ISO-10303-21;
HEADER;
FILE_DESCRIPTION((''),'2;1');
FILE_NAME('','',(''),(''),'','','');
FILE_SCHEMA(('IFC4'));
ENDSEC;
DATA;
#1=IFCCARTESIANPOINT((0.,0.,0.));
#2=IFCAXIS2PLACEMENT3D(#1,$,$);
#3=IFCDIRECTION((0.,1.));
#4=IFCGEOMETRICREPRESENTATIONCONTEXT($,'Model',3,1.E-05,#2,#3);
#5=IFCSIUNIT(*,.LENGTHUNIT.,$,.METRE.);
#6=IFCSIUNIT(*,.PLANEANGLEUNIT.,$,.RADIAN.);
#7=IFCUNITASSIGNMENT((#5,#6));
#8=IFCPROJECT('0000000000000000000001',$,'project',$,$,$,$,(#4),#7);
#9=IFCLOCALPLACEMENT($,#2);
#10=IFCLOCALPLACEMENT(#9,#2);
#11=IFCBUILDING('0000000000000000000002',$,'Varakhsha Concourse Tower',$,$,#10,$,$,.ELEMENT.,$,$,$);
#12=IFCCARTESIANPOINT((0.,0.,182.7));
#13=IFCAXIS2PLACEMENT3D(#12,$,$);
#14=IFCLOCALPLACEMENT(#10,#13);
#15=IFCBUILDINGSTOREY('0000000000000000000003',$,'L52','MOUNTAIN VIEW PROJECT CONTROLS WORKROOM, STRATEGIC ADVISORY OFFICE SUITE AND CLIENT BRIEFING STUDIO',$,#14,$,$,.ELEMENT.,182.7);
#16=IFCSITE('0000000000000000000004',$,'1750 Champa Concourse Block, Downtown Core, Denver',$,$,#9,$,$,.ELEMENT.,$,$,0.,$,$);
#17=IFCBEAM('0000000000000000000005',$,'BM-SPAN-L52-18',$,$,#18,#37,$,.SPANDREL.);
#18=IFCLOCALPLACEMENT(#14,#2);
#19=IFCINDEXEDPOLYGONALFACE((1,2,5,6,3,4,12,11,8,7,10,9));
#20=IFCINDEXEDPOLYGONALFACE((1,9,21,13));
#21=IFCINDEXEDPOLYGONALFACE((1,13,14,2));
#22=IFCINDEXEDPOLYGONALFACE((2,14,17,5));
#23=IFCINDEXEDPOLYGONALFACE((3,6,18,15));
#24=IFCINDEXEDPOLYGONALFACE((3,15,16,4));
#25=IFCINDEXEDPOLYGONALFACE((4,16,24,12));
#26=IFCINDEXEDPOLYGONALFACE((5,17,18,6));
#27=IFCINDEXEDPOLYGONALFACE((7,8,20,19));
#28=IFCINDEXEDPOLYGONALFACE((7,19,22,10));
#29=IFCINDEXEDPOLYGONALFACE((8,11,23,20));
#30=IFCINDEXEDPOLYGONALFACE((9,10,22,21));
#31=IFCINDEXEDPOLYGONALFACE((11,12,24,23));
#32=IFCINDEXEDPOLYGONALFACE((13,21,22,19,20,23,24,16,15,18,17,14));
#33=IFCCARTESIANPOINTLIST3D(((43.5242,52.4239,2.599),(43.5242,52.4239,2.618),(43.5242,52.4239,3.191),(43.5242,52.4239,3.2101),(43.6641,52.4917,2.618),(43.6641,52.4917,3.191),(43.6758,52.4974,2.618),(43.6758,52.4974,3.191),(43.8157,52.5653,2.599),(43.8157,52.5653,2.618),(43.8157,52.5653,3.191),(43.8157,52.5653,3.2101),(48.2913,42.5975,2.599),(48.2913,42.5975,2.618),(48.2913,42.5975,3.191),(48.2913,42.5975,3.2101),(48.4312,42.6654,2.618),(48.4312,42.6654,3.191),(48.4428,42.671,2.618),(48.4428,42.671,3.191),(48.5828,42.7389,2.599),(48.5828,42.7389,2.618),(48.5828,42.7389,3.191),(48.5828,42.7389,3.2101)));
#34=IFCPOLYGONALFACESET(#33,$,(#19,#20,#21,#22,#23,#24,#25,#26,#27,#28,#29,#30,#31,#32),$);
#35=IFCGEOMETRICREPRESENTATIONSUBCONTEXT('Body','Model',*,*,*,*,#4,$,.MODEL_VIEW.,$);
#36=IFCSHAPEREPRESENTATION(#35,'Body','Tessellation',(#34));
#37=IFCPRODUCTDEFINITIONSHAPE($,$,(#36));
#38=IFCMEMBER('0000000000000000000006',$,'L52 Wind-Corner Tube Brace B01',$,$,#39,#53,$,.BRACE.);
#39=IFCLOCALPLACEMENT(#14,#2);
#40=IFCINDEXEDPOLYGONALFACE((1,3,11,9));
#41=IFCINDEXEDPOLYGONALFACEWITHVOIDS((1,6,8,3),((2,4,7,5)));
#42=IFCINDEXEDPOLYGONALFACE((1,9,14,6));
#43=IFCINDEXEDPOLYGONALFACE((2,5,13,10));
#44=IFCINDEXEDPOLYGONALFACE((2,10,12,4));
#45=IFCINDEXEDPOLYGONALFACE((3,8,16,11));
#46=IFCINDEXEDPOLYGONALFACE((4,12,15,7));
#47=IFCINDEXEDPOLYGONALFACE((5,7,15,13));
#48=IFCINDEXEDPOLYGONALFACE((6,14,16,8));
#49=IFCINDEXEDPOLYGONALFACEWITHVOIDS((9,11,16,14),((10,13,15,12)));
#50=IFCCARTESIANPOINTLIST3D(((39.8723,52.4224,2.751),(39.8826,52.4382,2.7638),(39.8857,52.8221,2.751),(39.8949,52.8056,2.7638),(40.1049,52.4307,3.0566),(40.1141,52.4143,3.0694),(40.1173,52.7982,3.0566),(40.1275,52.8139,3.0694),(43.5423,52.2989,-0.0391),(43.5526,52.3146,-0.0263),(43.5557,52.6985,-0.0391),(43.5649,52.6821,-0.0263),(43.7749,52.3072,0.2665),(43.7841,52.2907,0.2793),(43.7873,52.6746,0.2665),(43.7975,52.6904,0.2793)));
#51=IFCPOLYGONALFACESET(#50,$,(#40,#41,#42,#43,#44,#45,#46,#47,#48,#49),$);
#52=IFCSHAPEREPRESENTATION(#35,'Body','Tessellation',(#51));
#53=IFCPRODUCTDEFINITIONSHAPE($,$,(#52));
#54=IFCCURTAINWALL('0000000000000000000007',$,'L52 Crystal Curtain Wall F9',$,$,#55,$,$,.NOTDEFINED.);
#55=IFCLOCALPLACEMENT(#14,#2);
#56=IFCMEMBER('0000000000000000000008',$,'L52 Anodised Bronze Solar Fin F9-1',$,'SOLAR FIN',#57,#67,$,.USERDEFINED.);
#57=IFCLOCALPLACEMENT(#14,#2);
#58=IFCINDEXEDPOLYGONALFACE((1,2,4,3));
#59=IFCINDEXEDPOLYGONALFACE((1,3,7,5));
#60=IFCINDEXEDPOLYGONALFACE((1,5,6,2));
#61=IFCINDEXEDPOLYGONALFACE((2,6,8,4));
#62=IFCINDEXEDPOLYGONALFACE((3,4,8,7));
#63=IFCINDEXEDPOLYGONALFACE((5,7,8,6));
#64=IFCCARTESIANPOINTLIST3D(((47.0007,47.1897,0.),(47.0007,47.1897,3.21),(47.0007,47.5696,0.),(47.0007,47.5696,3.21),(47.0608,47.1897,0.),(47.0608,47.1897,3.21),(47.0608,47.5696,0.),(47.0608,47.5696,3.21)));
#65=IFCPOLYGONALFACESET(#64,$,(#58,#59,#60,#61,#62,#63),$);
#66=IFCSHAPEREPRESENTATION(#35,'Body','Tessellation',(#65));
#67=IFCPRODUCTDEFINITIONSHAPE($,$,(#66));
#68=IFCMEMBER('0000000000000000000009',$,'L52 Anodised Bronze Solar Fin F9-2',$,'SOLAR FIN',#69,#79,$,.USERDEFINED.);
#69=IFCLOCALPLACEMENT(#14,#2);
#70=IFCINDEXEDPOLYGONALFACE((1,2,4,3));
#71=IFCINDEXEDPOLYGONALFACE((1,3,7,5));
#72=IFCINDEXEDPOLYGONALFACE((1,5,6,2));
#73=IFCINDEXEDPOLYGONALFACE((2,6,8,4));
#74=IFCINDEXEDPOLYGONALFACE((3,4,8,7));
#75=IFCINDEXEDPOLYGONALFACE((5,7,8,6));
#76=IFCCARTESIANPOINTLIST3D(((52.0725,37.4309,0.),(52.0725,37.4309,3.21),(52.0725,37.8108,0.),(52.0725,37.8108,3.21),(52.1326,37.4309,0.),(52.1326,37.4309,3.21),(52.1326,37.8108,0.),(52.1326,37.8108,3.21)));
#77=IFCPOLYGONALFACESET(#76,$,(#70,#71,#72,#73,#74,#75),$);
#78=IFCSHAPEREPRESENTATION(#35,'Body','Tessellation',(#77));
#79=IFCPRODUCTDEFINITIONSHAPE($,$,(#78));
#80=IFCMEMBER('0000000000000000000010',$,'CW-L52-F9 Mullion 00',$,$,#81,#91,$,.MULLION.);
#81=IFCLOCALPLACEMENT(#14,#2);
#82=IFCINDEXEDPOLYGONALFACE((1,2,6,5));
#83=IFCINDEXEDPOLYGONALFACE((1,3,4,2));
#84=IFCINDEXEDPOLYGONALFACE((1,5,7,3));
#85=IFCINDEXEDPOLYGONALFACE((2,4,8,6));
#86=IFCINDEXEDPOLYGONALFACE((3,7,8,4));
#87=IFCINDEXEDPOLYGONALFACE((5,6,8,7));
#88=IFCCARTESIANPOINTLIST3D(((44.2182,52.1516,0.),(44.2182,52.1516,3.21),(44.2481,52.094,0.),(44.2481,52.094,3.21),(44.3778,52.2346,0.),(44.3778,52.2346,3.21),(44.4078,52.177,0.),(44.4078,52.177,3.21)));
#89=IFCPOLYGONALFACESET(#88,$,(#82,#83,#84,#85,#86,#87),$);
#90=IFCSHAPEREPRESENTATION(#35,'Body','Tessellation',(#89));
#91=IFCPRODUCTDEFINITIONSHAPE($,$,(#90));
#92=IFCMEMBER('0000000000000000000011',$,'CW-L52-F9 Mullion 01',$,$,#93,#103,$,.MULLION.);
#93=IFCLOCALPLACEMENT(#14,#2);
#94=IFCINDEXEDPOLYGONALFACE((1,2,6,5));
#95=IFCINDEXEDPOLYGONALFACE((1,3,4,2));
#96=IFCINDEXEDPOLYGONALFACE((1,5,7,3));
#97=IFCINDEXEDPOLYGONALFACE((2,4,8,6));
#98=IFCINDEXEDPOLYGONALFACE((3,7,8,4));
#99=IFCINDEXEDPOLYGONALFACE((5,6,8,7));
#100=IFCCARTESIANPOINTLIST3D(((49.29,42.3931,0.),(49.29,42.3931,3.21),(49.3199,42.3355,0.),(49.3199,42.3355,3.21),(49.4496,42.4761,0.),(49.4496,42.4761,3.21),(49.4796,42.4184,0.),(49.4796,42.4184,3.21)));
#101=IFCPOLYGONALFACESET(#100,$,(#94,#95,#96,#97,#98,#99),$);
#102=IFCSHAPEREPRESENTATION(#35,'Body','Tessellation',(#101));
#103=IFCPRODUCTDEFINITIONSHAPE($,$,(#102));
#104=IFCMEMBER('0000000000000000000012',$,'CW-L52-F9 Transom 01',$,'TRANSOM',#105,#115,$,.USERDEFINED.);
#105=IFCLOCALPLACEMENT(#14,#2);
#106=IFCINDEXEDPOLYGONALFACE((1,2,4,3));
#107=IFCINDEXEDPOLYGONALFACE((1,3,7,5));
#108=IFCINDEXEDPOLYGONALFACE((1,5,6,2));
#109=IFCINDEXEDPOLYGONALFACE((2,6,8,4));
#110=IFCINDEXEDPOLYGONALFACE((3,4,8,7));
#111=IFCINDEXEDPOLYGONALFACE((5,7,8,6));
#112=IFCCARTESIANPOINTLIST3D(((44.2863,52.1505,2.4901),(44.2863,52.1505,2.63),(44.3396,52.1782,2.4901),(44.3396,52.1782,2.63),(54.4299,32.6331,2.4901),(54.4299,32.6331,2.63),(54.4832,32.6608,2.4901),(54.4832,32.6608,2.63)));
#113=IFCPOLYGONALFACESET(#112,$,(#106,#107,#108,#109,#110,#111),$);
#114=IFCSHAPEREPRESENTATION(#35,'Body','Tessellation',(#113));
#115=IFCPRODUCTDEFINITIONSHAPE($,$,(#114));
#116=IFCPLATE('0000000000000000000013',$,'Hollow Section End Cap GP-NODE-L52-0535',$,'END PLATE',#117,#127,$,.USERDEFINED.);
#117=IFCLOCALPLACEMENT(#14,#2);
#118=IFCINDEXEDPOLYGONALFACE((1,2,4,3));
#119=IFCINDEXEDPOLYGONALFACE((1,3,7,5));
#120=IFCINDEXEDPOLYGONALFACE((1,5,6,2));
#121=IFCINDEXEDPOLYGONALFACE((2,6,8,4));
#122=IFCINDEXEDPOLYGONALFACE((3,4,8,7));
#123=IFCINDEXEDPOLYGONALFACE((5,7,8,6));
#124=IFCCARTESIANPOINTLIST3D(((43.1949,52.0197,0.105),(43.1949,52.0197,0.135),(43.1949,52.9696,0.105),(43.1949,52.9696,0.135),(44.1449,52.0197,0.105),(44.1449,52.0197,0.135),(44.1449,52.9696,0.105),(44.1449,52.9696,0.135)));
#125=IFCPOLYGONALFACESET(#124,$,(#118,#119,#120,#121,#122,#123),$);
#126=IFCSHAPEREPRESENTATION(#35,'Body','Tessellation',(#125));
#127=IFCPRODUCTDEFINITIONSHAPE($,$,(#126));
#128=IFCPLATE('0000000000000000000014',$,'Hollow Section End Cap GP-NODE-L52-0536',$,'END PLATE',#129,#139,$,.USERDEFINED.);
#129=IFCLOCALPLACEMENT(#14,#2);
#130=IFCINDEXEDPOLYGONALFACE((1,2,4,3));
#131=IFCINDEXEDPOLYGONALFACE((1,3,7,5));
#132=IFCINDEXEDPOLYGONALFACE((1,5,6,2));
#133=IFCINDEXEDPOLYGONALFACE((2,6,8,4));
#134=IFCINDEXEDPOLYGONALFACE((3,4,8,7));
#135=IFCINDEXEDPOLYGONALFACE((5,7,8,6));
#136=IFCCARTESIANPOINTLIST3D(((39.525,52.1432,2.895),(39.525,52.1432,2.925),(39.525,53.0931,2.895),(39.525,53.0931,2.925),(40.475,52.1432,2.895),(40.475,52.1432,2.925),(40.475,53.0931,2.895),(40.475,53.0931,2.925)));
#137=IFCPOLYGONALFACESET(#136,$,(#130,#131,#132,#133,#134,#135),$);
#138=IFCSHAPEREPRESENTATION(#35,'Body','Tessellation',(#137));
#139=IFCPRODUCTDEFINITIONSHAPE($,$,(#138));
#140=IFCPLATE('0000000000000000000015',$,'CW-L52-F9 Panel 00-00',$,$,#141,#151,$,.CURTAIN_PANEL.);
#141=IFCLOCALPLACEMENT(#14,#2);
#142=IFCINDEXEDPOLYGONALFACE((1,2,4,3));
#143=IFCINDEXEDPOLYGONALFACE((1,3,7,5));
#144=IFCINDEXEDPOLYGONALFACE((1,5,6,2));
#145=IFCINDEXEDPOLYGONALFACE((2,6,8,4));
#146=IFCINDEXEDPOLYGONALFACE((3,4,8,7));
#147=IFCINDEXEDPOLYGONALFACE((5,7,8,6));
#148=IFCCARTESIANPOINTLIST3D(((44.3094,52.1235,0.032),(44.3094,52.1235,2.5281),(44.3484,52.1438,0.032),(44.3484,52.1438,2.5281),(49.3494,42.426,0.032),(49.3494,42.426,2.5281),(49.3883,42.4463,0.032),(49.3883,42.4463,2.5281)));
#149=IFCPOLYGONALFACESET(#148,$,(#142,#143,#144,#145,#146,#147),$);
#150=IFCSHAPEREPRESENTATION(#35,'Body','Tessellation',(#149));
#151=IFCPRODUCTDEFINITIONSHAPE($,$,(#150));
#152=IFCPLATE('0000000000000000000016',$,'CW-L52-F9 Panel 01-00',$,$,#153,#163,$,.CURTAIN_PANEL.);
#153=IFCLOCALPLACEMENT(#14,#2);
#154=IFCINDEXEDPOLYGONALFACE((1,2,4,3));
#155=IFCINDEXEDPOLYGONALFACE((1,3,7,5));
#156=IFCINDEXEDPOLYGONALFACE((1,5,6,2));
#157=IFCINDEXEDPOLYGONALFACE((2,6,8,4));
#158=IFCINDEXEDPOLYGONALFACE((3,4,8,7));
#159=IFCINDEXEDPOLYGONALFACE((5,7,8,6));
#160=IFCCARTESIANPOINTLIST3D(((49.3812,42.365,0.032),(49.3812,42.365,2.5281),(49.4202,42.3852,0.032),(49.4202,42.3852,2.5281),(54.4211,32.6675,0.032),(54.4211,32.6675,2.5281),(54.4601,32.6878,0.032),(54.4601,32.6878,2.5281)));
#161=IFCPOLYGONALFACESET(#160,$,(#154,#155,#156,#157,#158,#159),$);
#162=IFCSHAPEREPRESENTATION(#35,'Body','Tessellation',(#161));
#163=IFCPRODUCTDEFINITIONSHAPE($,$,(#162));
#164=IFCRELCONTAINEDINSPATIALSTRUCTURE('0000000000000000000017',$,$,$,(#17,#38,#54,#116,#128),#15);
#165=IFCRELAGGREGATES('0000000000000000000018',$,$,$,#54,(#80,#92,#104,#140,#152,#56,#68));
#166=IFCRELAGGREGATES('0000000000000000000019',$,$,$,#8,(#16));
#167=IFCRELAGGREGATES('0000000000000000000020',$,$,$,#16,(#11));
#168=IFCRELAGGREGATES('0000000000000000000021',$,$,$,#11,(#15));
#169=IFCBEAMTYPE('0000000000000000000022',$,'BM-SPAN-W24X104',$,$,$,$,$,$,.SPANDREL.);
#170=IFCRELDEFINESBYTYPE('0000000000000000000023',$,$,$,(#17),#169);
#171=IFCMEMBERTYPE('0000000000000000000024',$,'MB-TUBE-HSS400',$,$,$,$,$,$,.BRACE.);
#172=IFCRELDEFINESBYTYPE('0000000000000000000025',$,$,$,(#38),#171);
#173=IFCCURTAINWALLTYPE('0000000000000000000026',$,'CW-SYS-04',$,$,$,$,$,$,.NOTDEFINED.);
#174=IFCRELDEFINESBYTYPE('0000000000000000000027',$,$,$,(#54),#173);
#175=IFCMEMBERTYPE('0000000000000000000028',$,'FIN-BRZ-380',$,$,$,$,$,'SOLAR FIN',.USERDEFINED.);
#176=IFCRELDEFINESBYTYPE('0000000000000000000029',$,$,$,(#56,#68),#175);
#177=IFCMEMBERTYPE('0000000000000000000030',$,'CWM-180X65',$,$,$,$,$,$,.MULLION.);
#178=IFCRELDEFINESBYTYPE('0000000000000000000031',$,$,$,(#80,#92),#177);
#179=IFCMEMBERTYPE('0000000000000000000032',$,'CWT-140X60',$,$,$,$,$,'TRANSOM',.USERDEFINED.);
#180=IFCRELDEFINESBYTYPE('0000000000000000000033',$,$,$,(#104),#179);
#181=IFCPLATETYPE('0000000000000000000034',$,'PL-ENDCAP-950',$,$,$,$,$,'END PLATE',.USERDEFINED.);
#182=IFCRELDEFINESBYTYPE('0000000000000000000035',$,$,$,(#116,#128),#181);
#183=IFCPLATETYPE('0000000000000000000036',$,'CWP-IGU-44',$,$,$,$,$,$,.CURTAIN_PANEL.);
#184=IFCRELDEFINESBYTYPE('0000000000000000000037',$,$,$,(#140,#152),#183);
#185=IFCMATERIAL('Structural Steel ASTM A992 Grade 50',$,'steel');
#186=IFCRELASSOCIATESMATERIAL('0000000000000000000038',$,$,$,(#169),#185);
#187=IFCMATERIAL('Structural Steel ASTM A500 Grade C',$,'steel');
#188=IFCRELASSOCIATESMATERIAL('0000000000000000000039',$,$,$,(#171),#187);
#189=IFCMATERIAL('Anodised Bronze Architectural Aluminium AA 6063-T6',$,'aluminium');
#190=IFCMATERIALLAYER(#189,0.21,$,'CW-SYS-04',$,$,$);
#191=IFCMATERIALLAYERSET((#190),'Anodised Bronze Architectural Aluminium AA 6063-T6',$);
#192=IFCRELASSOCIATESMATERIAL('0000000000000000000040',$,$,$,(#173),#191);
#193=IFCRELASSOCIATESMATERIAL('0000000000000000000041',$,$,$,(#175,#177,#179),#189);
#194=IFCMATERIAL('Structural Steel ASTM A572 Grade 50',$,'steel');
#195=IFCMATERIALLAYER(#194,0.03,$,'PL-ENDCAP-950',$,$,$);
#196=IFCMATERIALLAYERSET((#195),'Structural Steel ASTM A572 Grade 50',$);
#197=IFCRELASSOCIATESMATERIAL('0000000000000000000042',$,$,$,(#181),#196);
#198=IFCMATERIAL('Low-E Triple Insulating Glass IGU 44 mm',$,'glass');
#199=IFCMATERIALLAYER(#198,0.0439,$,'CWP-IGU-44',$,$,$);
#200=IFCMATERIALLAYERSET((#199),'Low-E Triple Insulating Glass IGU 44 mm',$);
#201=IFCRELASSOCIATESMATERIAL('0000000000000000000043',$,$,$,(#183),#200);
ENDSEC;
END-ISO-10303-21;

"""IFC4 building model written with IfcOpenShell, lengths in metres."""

from ifc_helpers import new_model, si_unit, direction, frame, origin, origin_2d, place, context, subcontext, project, spatial, rectangle, hollow_rectangle, i_section, extrude, source, transform, mapped, material, layer, layer_set, material_profile, profile_set, type_object, type_shapes, element, aggregate, save


model = new_model("IFC4")

# Units and contexts
model_context = context("Model", 3, precision=1e-05, world=origin(), true_north=direction((0.0, 1.0)))
body_context = subcontext(model_context, "Body", "Model", "MODEL_VIEW")
ifc_project = project(units=[si_unit("LENGTHUNIT", "METRE"), si_unit("PLANEANGLEUNIT", "RADIAN")], contexts=[model_context])

# Site, building, storey
site_placement = place(None, origin())
site = spatial("IfcSite", under=ifc_project, at=site_placement, Name="1750 Champa Concourse Block, Downtown Core, Denver", CompositionType="ELEMENT", RefElevation=0.0)
building_placement = place(site_placement, origin())
building = spatial("IfcBuilding", under=site, at=building_placement, Name="Varakhsha Concourse Tower", CompositionType="ELEMENT")
storey_placement = place(building_placement, frame((0.0, 0.0, 182.7)))
storey = spatial("IfcBuildingStorey", under=building, at=storey_placement, Name="L52", Description="MOUNTAIN VIEW PROJECT CONTROLS WORKROOM, STRATEGIC ADVISORY OFFICE SUITE AND CLIENT BRIEFING STUDIO", CompositionType="ELEMENT", Elevation=182.7)

# Shared definitions
ifc_material_1 = material(Name="Structural Steel ASTM A992 Grade 50", Category="steel")
ifc_material_2 = material(Name="Structural Steel ASTM A572 Grade 50", Category="steel")

# Beam
ifc_material_profile_1 = material_profile(ifc_material_1, i_section(OverallWidth=0.324, OverallDepth=0.6111, WebThickness=0.0129, FlangeThickness=0.019, at=origin_2d()), Name="W24X104")
ifc_profile_set_1 = profile_set([ifc_material_profile_1], Name="Structural Steel ASTM A992 Grade 50")
beam_type_1 = type_object("IfcBeamType", Name="BM-SPAN-W24X104", PredefinedType="SPANDREL", material=ifc_profile_set_1)
beam_1_placement = place(storey_placement, frame((48.437, 42.6682, 2.9045), z_axis=(-0.436479, 0.899715, 0.0), x_axis=(-0.899715, -0.436479, 0.0)))
element("IfcBeam", 1, at=beam_1_placement, inside=storey, type_object=beam_type_1, Name="BM-SPAN-L52-18", PredefinedType="SPANDREL", context=body_context, shape_type="SweptSolid", body=[
    extrude(i_section(OverallWidth=0.324, OverallDepth=0.6111, WebThickness=0.0129, FlangeThickness=0.019, at=origin_2d()), origin(), (0.0, 0.0, 1.0), 10.9216),
])

# Member
ifc_material_3 = material(Name="Structural Steel ASTM A500 Grade C", Category="steel")
ifc_material_profile_2 = material_profile(ifc_material_3, hollow_rectangle(XDim=0.3999, YDim=0.3999, WallThickness=0.0161, at=origin_2d()), Name="HSS 400x400x16")
ifc_profile_set_2 = profile_set([ifc_material_profile_2], Name="Structural Steel ASTM A500 Grade C")
member_type_1 = type_object("IfcMemberType", Name="MB-TUBE-HSS400", PredefinedType="BRACE", material=ifc_profile_set_2)
shared_shape_1 = source(origin(), body_context, "Body", "SweptSolid", [
    extrude(hollow_rectangle(XDim=0.3999, YDim=0.3999, WallThickness=0.0161, at=origin_2d()), origin(), (0.0, 0.0, 1.0), 4.6118),
])
type_shapes(member_type_1, [shared_shape_1])
member_1_placement = place(storey_placement, frame((43.6699, 52.4946, 0.1201), z_axis=(-0.795783, 0.026787, 0.60499), x_axis=(-0.033642, -0.999434, 0.0)))
element("IfcMember", 2, at=member_1_placement, inside=storey, type_object=member_type_1, Name="L52 Wind-Corner Tube Brace B01", PredefinedType="BRACE", context=body_context, shape_type="MappedRepresentation", body=[
    mapped(shared_shape_1, transform((0.0, 0.0, 0.0), scale=1.0)),
])

# Curtain wall, members
ifc_material_4 = material(Name="Anodised Bronze Architectural Aluminium AA 6063-T6", Category="aluminium")
ifc_layer_1 = layer(ifc_material_4, 0.21, Name="CW-SYS-04")
ifc_layer_set_1 = layer_set([ifc_layer_1], Name="Anodised Bronze Architectural Aluminium AA 6063-T6")
curtain_wall_type = type_object("IfcCurtainWallType", Name="CW-SYS-04", PredefinedType="NOTDEFINED", material=ifc_layer_set_1)
curtain_wall_placement = place(storey_placement, origin())
curtain_wall = element("IfcCurtainWall", 3, at=curtain_wall_placement, inside=storey, type_object=curtain_wall_type, Name="L52 Crystal Curtain Wall F9", PredefinedType="NOTDEFINED")
ifc_material_profile_3 = material_profile(ifc_material_4, rectangle(XDim=0.0601, YDim=0.3799, at=origin_2d()), Name="FIN-BRZ-380")
ifc_profile_set_3 = profile_set([ifc_material_profile_3], Name="Anodised Bronze Architectural Aluminium AA 6063-T6")
member_type_2 = type_object("IfcMemberType", Name="FIN-BRZ-380", ElementType="SOLAR FIN", PredefinedType="USERDEFINED", material=ifc_profile_set_3)
shared_shape_2 = source(origin(), body_context, "Body", "SweptSolid", [
    extrude(rectangle(XDim=0.0601, YDim=0.3799, at=origin_2d()), origin(), (0.0, 0.0, 1.0), 3.21),
])
type_shapes(member_type_2, [shared_shape_2])
member_2_placement = place(storey_placement, frame((47.0308, 47.3796, 0.0), z_axis=(0.0, 0.0, 1.0), x_axis=(1.0, 0.0, 0.0)))
member_2 = element("IfcMember", 4, at=member_2_placement, type_object=member_type_2, Name="L52 Anodised Bronze Solar Fin F9-1", ObjectType="SOLAR FIN", PredefinedType="USERDEFINED", context=body_context, shape_type="MappedRepresentation", body=[
    mapped(shared_shape_2, transform((0.0, 0.0, 0.0), scale=1.0)),
])
member_3_placement = place(storey_placement, frame((52.1025, 37.6208, 0.0), z_axis=(0.0, 0.0, 1.0), x_axis=(1.0, 0.0, 0.0)))
member_3 = element("IfcMember", 5, at=member_3_placement, type_object=member_type_2, Name="L52 Anodised Bronze Solar Fin F9-2", ObjectType="SOLAR FIN", PredefinedType="USERDEFINED", context=body_context, shape_type="MappedRepresentation", body=[
    mapped(shared_shape_2, transform((0.0, 0.0, 0.0), scale=1.0)),
])
ifc_material_profile_4 = material_profile(ifc_material_4, rectangle(XDim=0.0649, YDim=0.1799, at=origin_2d()), Name="CWM-180X65")
ifc_profile_set_4 = profile_set([ifc_material_profile_4], Name="Anodised Bronze Architectural Aluminium AA 6063-T6")
member_type_3 = type_object("IfcMemberType", Name="CWM-180X65", PredefinedType="MULLION", material=ifc_profile_set_4)
shared_shape_3 = source(origin(), body_context, "Body", "SweptSolid", [
    extrude(rectangle(XDim=0.0649, YDim=0.1799, at=origin_2d()), origin(), (0.0, 0.0, 1.0), 3.21),
])
type_shapes(member_type_3, [shared_shape_3])
member_4_placement = place(storey_placement, frame((44.313, 52.1643, 0.0), z_axis=(0.0, 0.0, 1.0), x_axis=(0.461156, -0.887319, 0.0)))
member_4 = element("IfcMember", 6, at=member_4_placement, type_object=member_type_3, Name="CW-L52-F9 Mullion 00", PredefinedType="MULLION", context=body_context, shape_type="MappedRepresentation", body=[
    mapped(shared_shape_3, transform((0.0, 0.0, 0.0), scale=1.0)),
])
member_5_placement = place(storey_placement, frame((49.3848, 42.4058, 0.0), z_axis=(0.0, 0.0, 1.0), x_axis=(0.461156, -0.887319, 0.0)))
member_5 = element("IfcMember", 7, at=member_5_placement, type_object=member_type_3, Name="CW-L52-F9 Mullion 01", PredefinedType="MULLION", context=body_context, shape_type="MappedRepresentation", body=[
    mapped(shared_shape_3, transform((0.0, 0.0, 0.0), scale=1.0)),
])
ifc_material_profile_5 = material_profile(ifc_material_4, rectangle(XDim=0.0601, YDim=0.1399, at=origin_2d()), Name="CWT-140X60")
ifc_profile_set_5 = profile_set([ifc_material_profile_5], Name="Anodised Bronze Architectural Aluminium AA 6063-T6")
member_type_4 = type_object("IfcMemberType", Name="CWT-140X60", ElementType="TRANSOM", PredefinedType="USERDEFINED", material=ifc_profile_set_5)
shared_shape_4 = source(origin(), body_context, "Body", "SweptSolid", [
    extrude(rectangle(XDim=0.0601, YDim=0.1399, at=origin_2d()), origin(), (0.0, 0.0, 1.0), 21.9958),
])
type_shapes(member_type_4, [shared_shape_4])
member_6_placement = place(storey_placement, frame((44.313, 52.1643, 2.5601), z_axis=(0.461157, -0.887318, 0.0), x_axis=(0.887318, 0.461157, 0.0)))
member_6 = element("IfcMember", 8, at=member_6_placement, type_object=member_type_4, Name="CW-L52-F9 Transom 01", ObjectType="TRANSOM", PredefinedType="USERDEFINED", context=body_context, shape_type="MappedRepresentation", body=[
    mapped(shared_shape_4, transform((0.0, 0.0, 0.0), scale=1.0)),
])

# Plates
ifc_layer_2 = layer(ifc_material_2, 0.03, Name="PL-ENDCAP-950")
ifc_layer_set_2 = layer_set([ifc_layer_2], Name="Structural Steel ASTM A572 Grade 50")
plate_type_1 = type_object("IfcPlateType", Name="PL-ENDCAP-950", ElementType="END PLATE", PredefinedType="USERDEFINED", material=ifc_layer_set_2)
shared_shape_5 = source(origin(), body_context, "Body", "SweptSolid", [
    extrude(rectangle(XDim=0.95, YDim=0.95, at=origin_2d()), origin(), (0.0, 0.0, 1.0), 0.03),
])
type_shapes(plate_type_1, [shared_shape_5])
for number, where, z_axis, x_axis, name in (
    (9, (43.6699, 52.4946, 0.105), (0.0, 0.0, 1.0), (1.0, 0.0, 0.0), "Hollow Section End Cap GP-NODE-L52-0535"),
    (10, (40.0, 52.6182, 2.895), (0.0, 0.0, 1.0), (1.0, 0.0, 0.0), "Hollow Section End Cap GP-NODE-L52-0536"),
):
    element("IfcPlate", number, at=place(storey_placement, frame(where, z_axis=z_axis, x_axis=x_axis)), inside=storey, type_object=plate_type_1, Name=name, ObjectType="END PLATE", PredefinedType="USERDEFINED", context=body_context, shape_type="MappedRepresentation", body=[
        mapped(shared_shape_5, transform((0.0, 0.0, 0.0), scale=1.0)),
    ])

# Plates
ifc_material_5 = material(Name="Low-E Triple Insulating Glass IGU 44 mm", Category="glass")
ifc_layer_3 = layer(ifc_material_5, 0.0439, Name="CWP-IGU-44")
ifc_layer_set_3 = layer_set([ifc_layer_3], Name="Low-E Triple Insulating Glass IGU 44 mm")
plate_type_2 = type_object("IfcPlateType", Name="CWP-IGU-44", PredefinedType="CURTAIN_PANEL", material=ifc_layer_set_3)
shared_shape_6 = source(origin(), body_context, "Body", "SweptSolid", [
    extrude(rectangle(XDim=10.929, YDim=0.0439, at=origin_2d()), origin(), (0.0, 0.0, 1.0), 2.4961),
])
type_shapes(plate_type_2, [shared_shape_6])
plate_1_placement = place(storey_placement, frame((46.8489, 47.2849, 0.032), z_axis=(0.0, 0.0, 1.0), x_axis=(0.461156, -0.887319, 0.0)))
plate_1 = element("IfcPlate", 11, at=plate_1_placement, type_object=plate_type_2, Name="CW-L52-F9 Panel 00-00", PredefinedType="CURTAIN_PANEL", context=body_context, shape_type="MappedRepresentation", body=[
    mapped(shared_shape_6, transform((0.0, 0.0, 0.0), scale=1.0)),
])
plate_2_placement = place(storey_placement, frame((51.9207, 37.5264, 0.032), z_axis=(0.0, 0.0, 1.0), x_axis=(0.461156, -0.887319, 0.0)))
plate_2 = element("IfcPlate", 12, at=plate_2_placement, type_object=plate_type_2, Name="CW-L52-F9 Panel 01-00", PredefinedType="CURTAIN_PANEL", context=body_context, shape_type="MappedRepresentation", body=[
    mapped(shared_shape_6, transform((0.0, 0.0, 0.0), scale=1.0)),
])
aggregate(curtain_wall, [member_4, member_5, member_6, plate_1, plate_2, member_2, member_3])

save(model, "model.ifc")
